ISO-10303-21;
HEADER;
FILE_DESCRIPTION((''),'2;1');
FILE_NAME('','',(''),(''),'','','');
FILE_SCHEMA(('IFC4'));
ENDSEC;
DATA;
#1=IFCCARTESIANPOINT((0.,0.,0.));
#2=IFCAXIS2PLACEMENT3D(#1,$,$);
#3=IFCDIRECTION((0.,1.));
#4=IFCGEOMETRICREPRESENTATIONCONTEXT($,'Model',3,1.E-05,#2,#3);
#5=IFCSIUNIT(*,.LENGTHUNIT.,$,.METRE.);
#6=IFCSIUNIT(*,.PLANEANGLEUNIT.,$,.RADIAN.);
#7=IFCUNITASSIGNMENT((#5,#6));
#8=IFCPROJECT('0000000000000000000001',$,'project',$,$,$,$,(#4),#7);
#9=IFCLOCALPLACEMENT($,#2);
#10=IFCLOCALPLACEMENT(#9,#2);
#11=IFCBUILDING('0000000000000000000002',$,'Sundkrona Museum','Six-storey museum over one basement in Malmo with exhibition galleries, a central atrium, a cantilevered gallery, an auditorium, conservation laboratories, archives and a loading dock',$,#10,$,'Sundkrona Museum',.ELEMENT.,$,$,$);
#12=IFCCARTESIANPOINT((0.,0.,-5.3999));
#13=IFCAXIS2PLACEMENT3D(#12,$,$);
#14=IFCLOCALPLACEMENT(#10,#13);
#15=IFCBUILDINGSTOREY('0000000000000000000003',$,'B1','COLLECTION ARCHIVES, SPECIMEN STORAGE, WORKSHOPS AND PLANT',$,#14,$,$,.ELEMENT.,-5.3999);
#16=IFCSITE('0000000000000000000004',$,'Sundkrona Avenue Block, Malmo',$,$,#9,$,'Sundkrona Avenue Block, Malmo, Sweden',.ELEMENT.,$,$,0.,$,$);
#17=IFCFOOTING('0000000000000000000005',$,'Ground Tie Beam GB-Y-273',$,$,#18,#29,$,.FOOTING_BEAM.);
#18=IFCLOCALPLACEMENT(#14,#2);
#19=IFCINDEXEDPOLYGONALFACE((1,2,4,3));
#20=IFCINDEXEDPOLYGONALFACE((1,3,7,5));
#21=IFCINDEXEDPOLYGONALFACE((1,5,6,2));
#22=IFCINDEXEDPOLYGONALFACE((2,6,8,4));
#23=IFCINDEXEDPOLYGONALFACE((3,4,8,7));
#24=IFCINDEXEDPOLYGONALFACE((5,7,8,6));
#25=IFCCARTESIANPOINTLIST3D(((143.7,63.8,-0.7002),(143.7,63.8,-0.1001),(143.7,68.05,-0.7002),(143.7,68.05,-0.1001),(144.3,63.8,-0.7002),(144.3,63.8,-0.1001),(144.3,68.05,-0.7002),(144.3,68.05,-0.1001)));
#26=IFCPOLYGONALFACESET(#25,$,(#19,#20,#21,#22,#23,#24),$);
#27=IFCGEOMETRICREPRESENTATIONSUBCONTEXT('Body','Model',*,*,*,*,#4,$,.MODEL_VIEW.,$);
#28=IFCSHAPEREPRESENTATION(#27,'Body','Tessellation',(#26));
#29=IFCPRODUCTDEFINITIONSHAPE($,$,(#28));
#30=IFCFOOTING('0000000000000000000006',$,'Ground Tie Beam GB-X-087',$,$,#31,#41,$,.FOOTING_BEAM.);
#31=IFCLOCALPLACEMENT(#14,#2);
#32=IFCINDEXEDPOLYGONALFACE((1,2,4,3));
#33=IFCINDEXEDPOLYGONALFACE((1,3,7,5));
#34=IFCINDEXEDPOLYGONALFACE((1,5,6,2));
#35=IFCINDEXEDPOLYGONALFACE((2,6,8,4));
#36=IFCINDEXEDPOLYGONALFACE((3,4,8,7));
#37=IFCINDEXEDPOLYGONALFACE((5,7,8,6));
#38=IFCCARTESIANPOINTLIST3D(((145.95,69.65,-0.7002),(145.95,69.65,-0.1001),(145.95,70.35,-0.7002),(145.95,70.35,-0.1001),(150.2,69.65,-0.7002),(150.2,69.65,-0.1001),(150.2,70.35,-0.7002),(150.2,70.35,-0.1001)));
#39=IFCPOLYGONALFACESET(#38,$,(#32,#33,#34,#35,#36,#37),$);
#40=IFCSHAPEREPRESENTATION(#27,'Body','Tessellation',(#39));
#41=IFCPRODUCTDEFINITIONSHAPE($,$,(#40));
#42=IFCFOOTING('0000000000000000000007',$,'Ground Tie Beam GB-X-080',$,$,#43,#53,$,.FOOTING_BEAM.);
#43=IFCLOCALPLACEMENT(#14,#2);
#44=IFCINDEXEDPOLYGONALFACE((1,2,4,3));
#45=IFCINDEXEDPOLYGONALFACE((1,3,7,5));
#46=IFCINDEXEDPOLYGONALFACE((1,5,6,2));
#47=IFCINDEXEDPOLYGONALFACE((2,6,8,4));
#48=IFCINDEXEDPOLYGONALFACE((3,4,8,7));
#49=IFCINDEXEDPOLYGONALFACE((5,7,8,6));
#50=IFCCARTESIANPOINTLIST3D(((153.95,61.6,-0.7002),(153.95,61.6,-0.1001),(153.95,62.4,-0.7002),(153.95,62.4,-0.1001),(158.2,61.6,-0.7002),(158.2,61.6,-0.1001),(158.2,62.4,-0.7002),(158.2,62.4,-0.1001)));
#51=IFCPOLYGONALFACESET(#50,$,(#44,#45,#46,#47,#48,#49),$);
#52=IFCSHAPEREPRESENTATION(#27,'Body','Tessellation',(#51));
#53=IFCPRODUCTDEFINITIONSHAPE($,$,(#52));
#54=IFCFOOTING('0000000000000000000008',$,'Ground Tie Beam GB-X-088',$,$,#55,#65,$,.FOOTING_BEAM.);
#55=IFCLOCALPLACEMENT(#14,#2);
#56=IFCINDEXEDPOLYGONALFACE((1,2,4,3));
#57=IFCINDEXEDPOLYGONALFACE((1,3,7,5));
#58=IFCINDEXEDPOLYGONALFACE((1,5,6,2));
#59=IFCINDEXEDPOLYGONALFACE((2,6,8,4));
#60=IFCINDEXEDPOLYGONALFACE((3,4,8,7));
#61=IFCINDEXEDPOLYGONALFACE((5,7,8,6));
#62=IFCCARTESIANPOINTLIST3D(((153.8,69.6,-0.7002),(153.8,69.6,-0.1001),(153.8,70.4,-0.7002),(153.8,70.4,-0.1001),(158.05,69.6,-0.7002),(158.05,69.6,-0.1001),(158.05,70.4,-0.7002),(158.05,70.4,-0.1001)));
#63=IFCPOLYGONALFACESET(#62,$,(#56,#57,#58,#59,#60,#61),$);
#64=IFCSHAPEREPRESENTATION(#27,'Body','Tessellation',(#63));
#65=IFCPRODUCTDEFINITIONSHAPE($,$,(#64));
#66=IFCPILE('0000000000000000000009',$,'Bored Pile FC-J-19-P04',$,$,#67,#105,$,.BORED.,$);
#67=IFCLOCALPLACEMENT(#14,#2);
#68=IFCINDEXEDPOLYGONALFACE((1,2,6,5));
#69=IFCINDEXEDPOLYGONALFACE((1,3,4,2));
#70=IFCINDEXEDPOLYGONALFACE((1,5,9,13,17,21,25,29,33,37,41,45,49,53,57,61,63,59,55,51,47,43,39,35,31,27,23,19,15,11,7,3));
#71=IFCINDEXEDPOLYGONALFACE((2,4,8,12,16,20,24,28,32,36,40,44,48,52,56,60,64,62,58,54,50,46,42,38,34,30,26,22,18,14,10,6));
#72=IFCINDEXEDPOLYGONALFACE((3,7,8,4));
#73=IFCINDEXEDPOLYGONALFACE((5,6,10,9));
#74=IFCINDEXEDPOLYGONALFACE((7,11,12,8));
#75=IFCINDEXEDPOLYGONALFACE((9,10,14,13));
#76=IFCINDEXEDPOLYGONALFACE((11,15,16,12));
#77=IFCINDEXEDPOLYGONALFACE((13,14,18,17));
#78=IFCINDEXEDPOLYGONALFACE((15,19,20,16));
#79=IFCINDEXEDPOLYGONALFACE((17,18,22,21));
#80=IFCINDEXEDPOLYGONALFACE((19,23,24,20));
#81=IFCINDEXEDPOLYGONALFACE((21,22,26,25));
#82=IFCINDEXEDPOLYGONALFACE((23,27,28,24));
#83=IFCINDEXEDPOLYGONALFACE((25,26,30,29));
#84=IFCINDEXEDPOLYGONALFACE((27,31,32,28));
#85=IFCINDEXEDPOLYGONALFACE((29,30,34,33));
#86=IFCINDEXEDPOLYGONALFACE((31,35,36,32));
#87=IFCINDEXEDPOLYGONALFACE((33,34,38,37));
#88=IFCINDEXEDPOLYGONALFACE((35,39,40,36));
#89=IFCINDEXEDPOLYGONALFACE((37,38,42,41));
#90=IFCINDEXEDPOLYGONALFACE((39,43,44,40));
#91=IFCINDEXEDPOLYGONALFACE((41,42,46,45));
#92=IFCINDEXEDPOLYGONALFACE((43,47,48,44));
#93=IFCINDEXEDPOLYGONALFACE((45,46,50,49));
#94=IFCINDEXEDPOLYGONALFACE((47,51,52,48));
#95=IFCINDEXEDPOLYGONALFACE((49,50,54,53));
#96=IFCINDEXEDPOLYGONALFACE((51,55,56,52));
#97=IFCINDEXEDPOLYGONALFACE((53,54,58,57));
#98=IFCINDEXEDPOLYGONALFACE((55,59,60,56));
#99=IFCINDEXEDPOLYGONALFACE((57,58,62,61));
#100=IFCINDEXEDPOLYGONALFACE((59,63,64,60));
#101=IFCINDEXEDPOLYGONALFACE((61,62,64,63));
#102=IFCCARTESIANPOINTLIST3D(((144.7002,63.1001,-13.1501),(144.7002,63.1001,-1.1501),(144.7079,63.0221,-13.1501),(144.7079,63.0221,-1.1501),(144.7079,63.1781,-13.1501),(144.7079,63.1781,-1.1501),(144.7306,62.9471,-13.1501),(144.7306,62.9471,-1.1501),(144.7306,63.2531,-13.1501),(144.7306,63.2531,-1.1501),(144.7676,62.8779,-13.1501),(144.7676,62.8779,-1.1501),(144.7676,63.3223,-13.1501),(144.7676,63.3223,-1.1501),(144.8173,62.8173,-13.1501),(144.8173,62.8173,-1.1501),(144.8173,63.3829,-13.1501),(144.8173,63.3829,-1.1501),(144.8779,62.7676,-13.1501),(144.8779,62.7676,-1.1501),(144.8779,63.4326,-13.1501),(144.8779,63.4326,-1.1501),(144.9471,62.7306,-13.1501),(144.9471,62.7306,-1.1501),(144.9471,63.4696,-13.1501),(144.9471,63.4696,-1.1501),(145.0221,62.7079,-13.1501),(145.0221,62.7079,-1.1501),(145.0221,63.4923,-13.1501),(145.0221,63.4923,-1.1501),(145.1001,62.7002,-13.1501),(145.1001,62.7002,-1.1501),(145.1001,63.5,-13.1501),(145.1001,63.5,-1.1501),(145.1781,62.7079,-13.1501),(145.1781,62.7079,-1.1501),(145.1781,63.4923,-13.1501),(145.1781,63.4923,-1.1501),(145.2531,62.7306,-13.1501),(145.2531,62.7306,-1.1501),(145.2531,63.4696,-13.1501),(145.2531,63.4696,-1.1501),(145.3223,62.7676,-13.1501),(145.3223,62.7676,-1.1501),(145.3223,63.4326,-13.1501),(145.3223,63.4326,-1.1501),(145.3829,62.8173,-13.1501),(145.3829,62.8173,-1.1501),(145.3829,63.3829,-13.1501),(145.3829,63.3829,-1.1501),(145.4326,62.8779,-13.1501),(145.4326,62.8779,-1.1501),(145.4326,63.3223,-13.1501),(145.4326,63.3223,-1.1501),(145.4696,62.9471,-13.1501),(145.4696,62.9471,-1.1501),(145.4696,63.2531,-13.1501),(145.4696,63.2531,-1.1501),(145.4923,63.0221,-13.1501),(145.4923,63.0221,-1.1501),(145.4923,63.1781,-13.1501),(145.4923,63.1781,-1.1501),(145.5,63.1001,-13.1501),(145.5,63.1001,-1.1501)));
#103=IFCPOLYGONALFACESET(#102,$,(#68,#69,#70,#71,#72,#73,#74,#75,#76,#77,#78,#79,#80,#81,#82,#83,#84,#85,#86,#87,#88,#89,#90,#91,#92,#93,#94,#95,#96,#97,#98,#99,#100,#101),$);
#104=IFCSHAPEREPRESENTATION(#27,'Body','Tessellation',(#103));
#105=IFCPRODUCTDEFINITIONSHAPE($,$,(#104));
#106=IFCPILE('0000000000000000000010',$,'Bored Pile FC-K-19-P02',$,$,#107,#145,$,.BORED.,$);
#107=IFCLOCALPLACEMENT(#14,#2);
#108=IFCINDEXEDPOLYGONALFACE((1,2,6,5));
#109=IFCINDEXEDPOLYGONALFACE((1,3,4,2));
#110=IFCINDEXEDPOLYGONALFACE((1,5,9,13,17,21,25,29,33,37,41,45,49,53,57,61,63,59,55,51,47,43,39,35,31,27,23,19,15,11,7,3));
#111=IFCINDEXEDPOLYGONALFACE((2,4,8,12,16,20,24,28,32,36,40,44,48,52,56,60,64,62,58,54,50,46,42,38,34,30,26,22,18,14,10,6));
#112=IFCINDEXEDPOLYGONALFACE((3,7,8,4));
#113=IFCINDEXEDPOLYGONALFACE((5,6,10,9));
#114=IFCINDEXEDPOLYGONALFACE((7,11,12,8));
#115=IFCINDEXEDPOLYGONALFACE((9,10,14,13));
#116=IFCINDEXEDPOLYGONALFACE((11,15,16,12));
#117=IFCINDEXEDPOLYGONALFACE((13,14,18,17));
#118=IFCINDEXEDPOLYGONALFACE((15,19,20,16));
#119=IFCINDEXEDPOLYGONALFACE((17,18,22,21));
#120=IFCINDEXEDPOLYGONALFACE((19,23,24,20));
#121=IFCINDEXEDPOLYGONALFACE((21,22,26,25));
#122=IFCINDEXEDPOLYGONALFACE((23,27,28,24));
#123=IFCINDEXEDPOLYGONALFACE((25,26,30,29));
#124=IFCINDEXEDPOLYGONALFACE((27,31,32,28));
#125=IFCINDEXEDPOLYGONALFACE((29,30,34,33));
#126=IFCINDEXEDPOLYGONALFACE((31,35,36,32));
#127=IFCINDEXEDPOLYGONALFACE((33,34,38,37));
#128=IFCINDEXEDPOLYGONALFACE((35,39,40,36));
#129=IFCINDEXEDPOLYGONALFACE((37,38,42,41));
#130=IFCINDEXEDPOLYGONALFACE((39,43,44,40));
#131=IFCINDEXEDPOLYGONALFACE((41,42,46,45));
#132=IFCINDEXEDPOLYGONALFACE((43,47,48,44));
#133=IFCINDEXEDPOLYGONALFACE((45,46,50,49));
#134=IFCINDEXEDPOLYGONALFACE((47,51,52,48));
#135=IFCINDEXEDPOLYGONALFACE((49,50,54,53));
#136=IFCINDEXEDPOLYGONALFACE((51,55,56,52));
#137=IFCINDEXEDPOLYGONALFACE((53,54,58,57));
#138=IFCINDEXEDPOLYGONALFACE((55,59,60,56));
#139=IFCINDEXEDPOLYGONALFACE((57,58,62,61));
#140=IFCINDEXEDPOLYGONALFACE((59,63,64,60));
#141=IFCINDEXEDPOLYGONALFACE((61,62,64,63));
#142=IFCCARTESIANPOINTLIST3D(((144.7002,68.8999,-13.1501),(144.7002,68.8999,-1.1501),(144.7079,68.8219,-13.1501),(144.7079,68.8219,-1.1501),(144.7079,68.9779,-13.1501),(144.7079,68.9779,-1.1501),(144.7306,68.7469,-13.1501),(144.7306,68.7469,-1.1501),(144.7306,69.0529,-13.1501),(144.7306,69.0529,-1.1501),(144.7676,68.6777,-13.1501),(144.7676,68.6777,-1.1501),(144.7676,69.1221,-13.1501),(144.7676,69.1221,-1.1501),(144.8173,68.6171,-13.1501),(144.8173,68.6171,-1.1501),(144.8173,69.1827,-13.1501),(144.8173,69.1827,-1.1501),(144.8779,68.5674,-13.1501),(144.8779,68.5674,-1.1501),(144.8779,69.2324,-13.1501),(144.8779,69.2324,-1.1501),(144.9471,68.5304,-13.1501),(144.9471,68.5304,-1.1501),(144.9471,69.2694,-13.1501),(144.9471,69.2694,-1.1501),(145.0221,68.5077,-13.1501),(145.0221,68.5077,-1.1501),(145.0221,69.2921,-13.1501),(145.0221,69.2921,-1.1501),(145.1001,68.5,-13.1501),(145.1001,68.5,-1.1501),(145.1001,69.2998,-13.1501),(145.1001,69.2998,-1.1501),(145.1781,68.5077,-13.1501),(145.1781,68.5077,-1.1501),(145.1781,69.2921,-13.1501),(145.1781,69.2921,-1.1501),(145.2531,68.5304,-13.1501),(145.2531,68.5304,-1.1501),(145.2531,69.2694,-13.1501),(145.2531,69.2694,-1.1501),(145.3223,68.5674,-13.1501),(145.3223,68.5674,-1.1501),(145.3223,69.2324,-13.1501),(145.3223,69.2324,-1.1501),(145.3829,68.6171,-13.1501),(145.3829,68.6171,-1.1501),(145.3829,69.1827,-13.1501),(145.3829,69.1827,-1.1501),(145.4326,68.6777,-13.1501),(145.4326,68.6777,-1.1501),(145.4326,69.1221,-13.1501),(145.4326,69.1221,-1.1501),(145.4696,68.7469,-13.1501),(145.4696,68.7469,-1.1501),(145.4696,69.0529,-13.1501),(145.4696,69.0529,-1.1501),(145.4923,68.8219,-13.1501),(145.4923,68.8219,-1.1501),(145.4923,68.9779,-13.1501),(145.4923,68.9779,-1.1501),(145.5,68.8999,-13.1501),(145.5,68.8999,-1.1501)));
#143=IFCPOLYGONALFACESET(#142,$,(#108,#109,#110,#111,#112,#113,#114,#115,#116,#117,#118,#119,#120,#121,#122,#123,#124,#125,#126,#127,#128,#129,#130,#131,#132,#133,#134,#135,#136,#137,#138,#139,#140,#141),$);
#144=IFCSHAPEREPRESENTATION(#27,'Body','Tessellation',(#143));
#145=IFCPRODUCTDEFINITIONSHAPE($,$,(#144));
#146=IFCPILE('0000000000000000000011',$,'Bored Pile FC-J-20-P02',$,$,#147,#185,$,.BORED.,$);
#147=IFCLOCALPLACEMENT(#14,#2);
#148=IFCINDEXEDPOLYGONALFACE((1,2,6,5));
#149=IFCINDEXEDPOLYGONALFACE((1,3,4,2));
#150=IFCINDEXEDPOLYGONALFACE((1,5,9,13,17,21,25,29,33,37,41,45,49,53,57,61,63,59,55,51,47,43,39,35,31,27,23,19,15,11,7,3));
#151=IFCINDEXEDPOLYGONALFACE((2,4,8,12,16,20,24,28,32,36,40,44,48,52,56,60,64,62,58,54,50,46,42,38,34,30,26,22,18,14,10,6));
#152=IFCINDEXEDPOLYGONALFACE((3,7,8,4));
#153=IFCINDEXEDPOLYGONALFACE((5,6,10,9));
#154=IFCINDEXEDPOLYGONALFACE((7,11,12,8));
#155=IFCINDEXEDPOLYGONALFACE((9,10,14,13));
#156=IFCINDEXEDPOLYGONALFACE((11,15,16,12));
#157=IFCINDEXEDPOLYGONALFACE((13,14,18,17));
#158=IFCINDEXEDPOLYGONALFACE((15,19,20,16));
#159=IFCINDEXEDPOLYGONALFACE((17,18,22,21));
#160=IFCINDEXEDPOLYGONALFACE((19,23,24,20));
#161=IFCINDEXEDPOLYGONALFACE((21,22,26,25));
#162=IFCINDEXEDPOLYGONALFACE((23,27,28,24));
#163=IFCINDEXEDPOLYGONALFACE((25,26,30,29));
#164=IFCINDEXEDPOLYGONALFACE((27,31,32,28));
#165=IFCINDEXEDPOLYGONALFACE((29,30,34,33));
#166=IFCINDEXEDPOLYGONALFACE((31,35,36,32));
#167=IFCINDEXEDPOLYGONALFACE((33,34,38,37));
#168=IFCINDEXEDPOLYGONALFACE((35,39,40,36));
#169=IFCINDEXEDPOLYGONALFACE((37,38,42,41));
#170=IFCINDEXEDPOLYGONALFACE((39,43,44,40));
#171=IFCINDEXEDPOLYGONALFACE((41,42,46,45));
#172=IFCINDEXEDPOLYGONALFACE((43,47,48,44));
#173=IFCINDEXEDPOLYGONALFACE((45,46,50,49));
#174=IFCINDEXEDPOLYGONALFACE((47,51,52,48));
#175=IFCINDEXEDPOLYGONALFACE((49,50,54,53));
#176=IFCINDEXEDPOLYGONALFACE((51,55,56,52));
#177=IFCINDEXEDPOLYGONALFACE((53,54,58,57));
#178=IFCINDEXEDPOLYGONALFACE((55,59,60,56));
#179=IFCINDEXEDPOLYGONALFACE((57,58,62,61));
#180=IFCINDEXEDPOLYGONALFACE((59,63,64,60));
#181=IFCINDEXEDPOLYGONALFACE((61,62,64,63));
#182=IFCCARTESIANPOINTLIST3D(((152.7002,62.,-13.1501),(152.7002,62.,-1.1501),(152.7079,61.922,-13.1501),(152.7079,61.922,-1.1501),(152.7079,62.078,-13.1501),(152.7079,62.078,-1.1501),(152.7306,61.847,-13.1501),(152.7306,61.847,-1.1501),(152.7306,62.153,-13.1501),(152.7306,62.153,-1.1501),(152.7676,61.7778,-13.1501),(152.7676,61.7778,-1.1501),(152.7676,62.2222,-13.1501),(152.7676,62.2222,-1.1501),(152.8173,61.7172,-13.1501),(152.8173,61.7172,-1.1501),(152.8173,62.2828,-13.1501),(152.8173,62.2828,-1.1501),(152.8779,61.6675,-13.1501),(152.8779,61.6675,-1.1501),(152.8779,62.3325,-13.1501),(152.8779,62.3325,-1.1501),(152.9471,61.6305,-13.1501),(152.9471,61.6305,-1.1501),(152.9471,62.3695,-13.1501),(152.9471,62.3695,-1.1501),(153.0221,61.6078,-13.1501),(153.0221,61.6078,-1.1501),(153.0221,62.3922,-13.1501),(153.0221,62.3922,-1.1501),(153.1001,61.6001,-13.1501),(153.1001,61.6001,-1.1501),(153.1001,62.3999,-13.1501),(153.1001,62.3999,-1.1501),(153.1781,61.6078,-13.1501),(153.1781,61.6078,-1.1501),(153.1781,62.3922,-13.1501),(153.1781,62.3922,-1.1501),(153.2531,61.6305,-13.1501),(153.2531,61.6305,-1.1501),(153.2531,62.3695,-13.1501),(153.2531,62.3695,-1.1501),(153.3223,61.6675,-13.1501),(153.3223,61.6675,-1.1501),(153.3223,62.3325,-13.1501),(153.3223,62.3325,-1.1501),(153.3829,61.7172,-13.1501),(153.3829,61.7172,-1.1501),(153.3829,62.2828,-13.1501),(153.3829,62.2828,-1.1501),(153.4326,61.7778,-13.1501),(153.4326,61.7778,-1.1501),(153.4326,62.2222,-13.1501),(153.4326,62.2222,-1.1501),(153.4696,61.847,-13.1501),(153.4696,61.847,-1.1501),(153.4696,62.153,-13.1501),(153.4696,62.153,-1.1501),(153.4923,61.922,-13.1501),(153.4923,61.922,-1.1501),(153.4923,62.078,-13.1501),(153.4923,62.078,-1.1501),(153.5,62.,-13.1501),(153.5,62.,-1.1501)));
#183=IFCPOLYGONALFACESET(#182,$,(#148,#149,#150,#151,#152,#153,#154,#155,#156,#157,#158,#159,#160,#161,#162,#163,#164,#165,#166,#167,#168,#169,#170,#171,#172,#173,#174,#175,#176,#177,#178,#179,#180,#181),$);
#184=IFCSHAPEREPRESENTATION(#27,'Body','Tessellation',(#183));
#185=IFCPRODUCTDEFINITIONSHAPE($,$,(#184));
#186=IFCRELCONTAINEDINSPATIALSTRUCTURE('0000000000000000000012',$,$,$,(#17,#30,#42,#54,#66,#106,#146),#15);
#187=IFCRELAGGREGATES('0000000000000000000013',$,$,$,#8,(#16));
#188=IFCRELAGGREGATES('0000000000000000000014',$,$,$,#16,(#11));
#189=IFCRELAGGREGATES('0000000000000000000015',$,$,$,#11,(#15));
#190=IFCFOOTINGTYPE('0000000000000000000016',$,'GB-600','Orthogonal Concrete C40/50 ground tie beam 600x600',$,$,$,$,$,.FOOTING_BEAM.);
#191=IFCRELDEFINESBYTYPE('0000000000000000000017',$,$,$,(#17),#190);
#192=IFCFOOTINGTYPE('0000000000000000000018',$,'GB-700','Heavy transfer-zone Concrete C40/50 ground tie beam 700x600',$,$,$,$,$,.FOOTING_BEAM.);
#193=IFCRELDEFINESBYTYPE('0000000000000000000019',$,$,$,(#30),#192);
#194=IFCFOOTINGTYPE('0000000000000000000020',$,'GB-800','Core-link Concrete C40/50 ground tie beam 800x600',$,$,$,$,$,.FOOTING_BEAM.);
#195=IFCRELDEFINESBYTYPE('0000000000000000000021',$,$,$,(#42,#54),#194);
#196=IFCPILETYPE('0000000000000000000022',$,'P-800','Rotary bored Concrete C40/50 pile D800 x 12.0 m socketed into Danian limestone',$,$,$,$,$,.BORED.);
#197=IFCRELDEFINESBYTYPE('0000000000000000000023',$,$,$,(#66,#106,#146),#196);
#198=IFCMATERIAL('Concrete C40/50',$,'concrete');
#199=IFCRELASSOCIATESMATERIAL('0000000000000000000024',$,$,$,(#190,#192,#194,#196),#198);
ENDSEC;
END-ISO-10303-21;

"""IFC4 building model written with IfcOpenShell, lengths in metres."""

from ifc_helpers import new_model, si_unit, direction, frame, origin, origin_2d, place, context, subcontext, project, spatial, rectangle, circle, extrude, material, material_profile, profile_set, type_object, element, save


model = new_model("IFC4")

# Units and contexts
model_context = context("Model", 3, precision=1e-05, world=origin(), true_north=direction((0.0, 1.0)))
body_context = subcontext(model_context, "Body", "Model", "MODEL_VIEW")
ifc_project = project(units=[si_unit("LENGTHUNIT", "METRE"), si_unit("PLANEANGLEUNIT", "RADIAN")], contexts=[model_context])

# Site, building, storey
site_placement = place(None, origin())
site = spatial("IfcSite", under=ifc_project, at=site_placement, Name="Sundkrona Avenue Block, Malmo", LongName="Sundkrona Avenue Block, Malmo, Sweden", CompositionType="ELEMENT", RefElevation=0.0)
building_placement = place(site_placement, origin())
building = spatial("IfcBuilding", under=site, at=building_placement, Name="Sundkrona Museum", Description="Six-storey museum over one basement in Malmo with exhibition galleries, a central atrium, a cantilevered gallery, an auditorium, conservation laboratories, archives and a loading dock", LongName="Sundkrona Museum", CompositionType="ELEMENT")
storey_placement = place(building_placement, frame((0.0, 0.0, -5.3999)))
storey = spatial("IfcBuildingStorey", under=building, at=storey_placement, Name="B1", Description="COLLECTION ARCHIVES, SPECIMEN STORAGE, WORKSHOPS AND PLANT", CompositionType="ELEMENT", Elevation=-5.3999)

# Footings
ifc_material_1 = material(Name="Concrete C40/50", Category="concrete")
footing_type_1 = type_object("IfcFootingType", Name="GB-600", Description="Orthogonal Concrete C40/50 ground tie beam 600x600", PredefinedType="FOOTING_BEAM", material=ifc_material_1)
footing_1_placement = place(storey_placement, frame((144.0, 65.925, -0.7002), z_axis=(0.0, 0.0, 1.0), x_axis=(0.0, 1.0, 0.0)))
element("IfcFooting", 1, at=footing_1_placement, inside=storey, type_object=footing_type_1, Name="Ground Tie Beam GB-Y-273", PredefinedType="FOOTING_BEAM", context=body_context, shape_type="SweptSolid", body=[
    extrude(rectangle(XDim=4.25, YDim=0.6001, at=origin_2d()), origin(), (0.0, 0.0, 1.0), 0.6001),
])
footing_type_2 = type_object("IfcFootingType", Name="GB-700", Description="Heavy transfer-zone Concrete C40/50 ground tie beam 700x600", PredefinedType="FOOTING_BEAM", material=ifc_material_1)
footing_2_placement = place(storey_placement, frame((148.075, 70.0, -0.7002), z_axis=(0.0, 0.0, 1.0), x_axis=(1.0, 0.0, 0.0)))
element("IfcFooting", 2, at=footing_2_placement, inside=storey, type_object=footing_type_2, Name="Ground Tie Beam GB-X-087", PredefinedType="FOOTING_BEAM", context=body_context, shape_type="SweptSolid", body=[
    extrude(rectangle(XDim=4.25, YDim=0.7, at=origin_2d()), origin(), (0.0, 0.0, 1.0), 0.6001),
])
footing_type_3 = type_object("IfcFootingType", Name="GB-800", Description="Core-link Concrete C40/50 ground tie beam 800x600", PredefinedType="FOOTING_BEAM", material=ifc_material_1)
for number, where, z_axis, x_axis, name in (
    (3, (156.075, 62.0, -0.7002), (0.0, 0.0, 1.0), (1.0, 0.0, 0.0), "Ground Tie Beam GB-X-080"),
    (4, (155.925, 70.0, -0.7002), (0.0, 0.0, 1.0), (1.0, 0.0, 0.0), "Ground Tie Beam GB-X-088"),
):
    element("IfcFooting", number, at=place(storey_placement, frame(where, z_axis=z_axis, x_axis=x_axis)), inside=storey, type_object=footing_type_3, Name=name, PredefinedType="FOOTING_BEAM", context=body_context, shape_type="SweptSolid", body=[
        extrude(rectangle(XDim=4.25, YDim=0.8, at=origin_2d()), origin(), (0.0, 0.0, 1.0), 0.6001),
    ])

# Piles
ifc_material_profile_1 = material_profile(ifc_material_1, circle(Radius=0.3999, at=origin_2d()), Name="PILE D800")
ifc_profile_set_1 = profile_set([ifc_material_profile_1], Name="Concrete C40/50")
pile_type = type_object("IfcPileType", Name="P-800", Description="Rotary bored Concrete C40/50 pile D800 x 12.0 m socketed into Danian limestone", PredefinedType="BORED", material=ifc_profile_set_1)
for number, where, z_axis, x_axis, name in (
    (5, (145.1001, 63.1001, -1.1501), (0.0, 0.0, -1.0), (1.0, 0.0, 0.0), "Bored Pile FC-J-19-P04"),
    (6, (145.1001, 68.8999, -1.1501), (0.0, 0.0, -1.0), (1.0, 0.0, 0.0), "Bored Pile FC-K-19-P02"),
    (7, (153.1001, 62.0, -1.1501), (0.0, 0.0, -1.0), (1.0, 0.0, 0.0), "Bored Pile FC-J-20-P02"),
):
    element("IfcPile", number, at=place(storey_placement, frame(where, z_axis=z_axis, x_axis=x_axis)), inside=storey, type_object=pile_type, Name=name, PredefinedType="BORED", context=body_context, shape_type="SweptSolid", body=[
        extrude(circle(Radius=0.3999, at=origin_2d()), origin(), (0.0, 0.0, 1.0), 12.0),
    ])

save(model, "model.ifc")
